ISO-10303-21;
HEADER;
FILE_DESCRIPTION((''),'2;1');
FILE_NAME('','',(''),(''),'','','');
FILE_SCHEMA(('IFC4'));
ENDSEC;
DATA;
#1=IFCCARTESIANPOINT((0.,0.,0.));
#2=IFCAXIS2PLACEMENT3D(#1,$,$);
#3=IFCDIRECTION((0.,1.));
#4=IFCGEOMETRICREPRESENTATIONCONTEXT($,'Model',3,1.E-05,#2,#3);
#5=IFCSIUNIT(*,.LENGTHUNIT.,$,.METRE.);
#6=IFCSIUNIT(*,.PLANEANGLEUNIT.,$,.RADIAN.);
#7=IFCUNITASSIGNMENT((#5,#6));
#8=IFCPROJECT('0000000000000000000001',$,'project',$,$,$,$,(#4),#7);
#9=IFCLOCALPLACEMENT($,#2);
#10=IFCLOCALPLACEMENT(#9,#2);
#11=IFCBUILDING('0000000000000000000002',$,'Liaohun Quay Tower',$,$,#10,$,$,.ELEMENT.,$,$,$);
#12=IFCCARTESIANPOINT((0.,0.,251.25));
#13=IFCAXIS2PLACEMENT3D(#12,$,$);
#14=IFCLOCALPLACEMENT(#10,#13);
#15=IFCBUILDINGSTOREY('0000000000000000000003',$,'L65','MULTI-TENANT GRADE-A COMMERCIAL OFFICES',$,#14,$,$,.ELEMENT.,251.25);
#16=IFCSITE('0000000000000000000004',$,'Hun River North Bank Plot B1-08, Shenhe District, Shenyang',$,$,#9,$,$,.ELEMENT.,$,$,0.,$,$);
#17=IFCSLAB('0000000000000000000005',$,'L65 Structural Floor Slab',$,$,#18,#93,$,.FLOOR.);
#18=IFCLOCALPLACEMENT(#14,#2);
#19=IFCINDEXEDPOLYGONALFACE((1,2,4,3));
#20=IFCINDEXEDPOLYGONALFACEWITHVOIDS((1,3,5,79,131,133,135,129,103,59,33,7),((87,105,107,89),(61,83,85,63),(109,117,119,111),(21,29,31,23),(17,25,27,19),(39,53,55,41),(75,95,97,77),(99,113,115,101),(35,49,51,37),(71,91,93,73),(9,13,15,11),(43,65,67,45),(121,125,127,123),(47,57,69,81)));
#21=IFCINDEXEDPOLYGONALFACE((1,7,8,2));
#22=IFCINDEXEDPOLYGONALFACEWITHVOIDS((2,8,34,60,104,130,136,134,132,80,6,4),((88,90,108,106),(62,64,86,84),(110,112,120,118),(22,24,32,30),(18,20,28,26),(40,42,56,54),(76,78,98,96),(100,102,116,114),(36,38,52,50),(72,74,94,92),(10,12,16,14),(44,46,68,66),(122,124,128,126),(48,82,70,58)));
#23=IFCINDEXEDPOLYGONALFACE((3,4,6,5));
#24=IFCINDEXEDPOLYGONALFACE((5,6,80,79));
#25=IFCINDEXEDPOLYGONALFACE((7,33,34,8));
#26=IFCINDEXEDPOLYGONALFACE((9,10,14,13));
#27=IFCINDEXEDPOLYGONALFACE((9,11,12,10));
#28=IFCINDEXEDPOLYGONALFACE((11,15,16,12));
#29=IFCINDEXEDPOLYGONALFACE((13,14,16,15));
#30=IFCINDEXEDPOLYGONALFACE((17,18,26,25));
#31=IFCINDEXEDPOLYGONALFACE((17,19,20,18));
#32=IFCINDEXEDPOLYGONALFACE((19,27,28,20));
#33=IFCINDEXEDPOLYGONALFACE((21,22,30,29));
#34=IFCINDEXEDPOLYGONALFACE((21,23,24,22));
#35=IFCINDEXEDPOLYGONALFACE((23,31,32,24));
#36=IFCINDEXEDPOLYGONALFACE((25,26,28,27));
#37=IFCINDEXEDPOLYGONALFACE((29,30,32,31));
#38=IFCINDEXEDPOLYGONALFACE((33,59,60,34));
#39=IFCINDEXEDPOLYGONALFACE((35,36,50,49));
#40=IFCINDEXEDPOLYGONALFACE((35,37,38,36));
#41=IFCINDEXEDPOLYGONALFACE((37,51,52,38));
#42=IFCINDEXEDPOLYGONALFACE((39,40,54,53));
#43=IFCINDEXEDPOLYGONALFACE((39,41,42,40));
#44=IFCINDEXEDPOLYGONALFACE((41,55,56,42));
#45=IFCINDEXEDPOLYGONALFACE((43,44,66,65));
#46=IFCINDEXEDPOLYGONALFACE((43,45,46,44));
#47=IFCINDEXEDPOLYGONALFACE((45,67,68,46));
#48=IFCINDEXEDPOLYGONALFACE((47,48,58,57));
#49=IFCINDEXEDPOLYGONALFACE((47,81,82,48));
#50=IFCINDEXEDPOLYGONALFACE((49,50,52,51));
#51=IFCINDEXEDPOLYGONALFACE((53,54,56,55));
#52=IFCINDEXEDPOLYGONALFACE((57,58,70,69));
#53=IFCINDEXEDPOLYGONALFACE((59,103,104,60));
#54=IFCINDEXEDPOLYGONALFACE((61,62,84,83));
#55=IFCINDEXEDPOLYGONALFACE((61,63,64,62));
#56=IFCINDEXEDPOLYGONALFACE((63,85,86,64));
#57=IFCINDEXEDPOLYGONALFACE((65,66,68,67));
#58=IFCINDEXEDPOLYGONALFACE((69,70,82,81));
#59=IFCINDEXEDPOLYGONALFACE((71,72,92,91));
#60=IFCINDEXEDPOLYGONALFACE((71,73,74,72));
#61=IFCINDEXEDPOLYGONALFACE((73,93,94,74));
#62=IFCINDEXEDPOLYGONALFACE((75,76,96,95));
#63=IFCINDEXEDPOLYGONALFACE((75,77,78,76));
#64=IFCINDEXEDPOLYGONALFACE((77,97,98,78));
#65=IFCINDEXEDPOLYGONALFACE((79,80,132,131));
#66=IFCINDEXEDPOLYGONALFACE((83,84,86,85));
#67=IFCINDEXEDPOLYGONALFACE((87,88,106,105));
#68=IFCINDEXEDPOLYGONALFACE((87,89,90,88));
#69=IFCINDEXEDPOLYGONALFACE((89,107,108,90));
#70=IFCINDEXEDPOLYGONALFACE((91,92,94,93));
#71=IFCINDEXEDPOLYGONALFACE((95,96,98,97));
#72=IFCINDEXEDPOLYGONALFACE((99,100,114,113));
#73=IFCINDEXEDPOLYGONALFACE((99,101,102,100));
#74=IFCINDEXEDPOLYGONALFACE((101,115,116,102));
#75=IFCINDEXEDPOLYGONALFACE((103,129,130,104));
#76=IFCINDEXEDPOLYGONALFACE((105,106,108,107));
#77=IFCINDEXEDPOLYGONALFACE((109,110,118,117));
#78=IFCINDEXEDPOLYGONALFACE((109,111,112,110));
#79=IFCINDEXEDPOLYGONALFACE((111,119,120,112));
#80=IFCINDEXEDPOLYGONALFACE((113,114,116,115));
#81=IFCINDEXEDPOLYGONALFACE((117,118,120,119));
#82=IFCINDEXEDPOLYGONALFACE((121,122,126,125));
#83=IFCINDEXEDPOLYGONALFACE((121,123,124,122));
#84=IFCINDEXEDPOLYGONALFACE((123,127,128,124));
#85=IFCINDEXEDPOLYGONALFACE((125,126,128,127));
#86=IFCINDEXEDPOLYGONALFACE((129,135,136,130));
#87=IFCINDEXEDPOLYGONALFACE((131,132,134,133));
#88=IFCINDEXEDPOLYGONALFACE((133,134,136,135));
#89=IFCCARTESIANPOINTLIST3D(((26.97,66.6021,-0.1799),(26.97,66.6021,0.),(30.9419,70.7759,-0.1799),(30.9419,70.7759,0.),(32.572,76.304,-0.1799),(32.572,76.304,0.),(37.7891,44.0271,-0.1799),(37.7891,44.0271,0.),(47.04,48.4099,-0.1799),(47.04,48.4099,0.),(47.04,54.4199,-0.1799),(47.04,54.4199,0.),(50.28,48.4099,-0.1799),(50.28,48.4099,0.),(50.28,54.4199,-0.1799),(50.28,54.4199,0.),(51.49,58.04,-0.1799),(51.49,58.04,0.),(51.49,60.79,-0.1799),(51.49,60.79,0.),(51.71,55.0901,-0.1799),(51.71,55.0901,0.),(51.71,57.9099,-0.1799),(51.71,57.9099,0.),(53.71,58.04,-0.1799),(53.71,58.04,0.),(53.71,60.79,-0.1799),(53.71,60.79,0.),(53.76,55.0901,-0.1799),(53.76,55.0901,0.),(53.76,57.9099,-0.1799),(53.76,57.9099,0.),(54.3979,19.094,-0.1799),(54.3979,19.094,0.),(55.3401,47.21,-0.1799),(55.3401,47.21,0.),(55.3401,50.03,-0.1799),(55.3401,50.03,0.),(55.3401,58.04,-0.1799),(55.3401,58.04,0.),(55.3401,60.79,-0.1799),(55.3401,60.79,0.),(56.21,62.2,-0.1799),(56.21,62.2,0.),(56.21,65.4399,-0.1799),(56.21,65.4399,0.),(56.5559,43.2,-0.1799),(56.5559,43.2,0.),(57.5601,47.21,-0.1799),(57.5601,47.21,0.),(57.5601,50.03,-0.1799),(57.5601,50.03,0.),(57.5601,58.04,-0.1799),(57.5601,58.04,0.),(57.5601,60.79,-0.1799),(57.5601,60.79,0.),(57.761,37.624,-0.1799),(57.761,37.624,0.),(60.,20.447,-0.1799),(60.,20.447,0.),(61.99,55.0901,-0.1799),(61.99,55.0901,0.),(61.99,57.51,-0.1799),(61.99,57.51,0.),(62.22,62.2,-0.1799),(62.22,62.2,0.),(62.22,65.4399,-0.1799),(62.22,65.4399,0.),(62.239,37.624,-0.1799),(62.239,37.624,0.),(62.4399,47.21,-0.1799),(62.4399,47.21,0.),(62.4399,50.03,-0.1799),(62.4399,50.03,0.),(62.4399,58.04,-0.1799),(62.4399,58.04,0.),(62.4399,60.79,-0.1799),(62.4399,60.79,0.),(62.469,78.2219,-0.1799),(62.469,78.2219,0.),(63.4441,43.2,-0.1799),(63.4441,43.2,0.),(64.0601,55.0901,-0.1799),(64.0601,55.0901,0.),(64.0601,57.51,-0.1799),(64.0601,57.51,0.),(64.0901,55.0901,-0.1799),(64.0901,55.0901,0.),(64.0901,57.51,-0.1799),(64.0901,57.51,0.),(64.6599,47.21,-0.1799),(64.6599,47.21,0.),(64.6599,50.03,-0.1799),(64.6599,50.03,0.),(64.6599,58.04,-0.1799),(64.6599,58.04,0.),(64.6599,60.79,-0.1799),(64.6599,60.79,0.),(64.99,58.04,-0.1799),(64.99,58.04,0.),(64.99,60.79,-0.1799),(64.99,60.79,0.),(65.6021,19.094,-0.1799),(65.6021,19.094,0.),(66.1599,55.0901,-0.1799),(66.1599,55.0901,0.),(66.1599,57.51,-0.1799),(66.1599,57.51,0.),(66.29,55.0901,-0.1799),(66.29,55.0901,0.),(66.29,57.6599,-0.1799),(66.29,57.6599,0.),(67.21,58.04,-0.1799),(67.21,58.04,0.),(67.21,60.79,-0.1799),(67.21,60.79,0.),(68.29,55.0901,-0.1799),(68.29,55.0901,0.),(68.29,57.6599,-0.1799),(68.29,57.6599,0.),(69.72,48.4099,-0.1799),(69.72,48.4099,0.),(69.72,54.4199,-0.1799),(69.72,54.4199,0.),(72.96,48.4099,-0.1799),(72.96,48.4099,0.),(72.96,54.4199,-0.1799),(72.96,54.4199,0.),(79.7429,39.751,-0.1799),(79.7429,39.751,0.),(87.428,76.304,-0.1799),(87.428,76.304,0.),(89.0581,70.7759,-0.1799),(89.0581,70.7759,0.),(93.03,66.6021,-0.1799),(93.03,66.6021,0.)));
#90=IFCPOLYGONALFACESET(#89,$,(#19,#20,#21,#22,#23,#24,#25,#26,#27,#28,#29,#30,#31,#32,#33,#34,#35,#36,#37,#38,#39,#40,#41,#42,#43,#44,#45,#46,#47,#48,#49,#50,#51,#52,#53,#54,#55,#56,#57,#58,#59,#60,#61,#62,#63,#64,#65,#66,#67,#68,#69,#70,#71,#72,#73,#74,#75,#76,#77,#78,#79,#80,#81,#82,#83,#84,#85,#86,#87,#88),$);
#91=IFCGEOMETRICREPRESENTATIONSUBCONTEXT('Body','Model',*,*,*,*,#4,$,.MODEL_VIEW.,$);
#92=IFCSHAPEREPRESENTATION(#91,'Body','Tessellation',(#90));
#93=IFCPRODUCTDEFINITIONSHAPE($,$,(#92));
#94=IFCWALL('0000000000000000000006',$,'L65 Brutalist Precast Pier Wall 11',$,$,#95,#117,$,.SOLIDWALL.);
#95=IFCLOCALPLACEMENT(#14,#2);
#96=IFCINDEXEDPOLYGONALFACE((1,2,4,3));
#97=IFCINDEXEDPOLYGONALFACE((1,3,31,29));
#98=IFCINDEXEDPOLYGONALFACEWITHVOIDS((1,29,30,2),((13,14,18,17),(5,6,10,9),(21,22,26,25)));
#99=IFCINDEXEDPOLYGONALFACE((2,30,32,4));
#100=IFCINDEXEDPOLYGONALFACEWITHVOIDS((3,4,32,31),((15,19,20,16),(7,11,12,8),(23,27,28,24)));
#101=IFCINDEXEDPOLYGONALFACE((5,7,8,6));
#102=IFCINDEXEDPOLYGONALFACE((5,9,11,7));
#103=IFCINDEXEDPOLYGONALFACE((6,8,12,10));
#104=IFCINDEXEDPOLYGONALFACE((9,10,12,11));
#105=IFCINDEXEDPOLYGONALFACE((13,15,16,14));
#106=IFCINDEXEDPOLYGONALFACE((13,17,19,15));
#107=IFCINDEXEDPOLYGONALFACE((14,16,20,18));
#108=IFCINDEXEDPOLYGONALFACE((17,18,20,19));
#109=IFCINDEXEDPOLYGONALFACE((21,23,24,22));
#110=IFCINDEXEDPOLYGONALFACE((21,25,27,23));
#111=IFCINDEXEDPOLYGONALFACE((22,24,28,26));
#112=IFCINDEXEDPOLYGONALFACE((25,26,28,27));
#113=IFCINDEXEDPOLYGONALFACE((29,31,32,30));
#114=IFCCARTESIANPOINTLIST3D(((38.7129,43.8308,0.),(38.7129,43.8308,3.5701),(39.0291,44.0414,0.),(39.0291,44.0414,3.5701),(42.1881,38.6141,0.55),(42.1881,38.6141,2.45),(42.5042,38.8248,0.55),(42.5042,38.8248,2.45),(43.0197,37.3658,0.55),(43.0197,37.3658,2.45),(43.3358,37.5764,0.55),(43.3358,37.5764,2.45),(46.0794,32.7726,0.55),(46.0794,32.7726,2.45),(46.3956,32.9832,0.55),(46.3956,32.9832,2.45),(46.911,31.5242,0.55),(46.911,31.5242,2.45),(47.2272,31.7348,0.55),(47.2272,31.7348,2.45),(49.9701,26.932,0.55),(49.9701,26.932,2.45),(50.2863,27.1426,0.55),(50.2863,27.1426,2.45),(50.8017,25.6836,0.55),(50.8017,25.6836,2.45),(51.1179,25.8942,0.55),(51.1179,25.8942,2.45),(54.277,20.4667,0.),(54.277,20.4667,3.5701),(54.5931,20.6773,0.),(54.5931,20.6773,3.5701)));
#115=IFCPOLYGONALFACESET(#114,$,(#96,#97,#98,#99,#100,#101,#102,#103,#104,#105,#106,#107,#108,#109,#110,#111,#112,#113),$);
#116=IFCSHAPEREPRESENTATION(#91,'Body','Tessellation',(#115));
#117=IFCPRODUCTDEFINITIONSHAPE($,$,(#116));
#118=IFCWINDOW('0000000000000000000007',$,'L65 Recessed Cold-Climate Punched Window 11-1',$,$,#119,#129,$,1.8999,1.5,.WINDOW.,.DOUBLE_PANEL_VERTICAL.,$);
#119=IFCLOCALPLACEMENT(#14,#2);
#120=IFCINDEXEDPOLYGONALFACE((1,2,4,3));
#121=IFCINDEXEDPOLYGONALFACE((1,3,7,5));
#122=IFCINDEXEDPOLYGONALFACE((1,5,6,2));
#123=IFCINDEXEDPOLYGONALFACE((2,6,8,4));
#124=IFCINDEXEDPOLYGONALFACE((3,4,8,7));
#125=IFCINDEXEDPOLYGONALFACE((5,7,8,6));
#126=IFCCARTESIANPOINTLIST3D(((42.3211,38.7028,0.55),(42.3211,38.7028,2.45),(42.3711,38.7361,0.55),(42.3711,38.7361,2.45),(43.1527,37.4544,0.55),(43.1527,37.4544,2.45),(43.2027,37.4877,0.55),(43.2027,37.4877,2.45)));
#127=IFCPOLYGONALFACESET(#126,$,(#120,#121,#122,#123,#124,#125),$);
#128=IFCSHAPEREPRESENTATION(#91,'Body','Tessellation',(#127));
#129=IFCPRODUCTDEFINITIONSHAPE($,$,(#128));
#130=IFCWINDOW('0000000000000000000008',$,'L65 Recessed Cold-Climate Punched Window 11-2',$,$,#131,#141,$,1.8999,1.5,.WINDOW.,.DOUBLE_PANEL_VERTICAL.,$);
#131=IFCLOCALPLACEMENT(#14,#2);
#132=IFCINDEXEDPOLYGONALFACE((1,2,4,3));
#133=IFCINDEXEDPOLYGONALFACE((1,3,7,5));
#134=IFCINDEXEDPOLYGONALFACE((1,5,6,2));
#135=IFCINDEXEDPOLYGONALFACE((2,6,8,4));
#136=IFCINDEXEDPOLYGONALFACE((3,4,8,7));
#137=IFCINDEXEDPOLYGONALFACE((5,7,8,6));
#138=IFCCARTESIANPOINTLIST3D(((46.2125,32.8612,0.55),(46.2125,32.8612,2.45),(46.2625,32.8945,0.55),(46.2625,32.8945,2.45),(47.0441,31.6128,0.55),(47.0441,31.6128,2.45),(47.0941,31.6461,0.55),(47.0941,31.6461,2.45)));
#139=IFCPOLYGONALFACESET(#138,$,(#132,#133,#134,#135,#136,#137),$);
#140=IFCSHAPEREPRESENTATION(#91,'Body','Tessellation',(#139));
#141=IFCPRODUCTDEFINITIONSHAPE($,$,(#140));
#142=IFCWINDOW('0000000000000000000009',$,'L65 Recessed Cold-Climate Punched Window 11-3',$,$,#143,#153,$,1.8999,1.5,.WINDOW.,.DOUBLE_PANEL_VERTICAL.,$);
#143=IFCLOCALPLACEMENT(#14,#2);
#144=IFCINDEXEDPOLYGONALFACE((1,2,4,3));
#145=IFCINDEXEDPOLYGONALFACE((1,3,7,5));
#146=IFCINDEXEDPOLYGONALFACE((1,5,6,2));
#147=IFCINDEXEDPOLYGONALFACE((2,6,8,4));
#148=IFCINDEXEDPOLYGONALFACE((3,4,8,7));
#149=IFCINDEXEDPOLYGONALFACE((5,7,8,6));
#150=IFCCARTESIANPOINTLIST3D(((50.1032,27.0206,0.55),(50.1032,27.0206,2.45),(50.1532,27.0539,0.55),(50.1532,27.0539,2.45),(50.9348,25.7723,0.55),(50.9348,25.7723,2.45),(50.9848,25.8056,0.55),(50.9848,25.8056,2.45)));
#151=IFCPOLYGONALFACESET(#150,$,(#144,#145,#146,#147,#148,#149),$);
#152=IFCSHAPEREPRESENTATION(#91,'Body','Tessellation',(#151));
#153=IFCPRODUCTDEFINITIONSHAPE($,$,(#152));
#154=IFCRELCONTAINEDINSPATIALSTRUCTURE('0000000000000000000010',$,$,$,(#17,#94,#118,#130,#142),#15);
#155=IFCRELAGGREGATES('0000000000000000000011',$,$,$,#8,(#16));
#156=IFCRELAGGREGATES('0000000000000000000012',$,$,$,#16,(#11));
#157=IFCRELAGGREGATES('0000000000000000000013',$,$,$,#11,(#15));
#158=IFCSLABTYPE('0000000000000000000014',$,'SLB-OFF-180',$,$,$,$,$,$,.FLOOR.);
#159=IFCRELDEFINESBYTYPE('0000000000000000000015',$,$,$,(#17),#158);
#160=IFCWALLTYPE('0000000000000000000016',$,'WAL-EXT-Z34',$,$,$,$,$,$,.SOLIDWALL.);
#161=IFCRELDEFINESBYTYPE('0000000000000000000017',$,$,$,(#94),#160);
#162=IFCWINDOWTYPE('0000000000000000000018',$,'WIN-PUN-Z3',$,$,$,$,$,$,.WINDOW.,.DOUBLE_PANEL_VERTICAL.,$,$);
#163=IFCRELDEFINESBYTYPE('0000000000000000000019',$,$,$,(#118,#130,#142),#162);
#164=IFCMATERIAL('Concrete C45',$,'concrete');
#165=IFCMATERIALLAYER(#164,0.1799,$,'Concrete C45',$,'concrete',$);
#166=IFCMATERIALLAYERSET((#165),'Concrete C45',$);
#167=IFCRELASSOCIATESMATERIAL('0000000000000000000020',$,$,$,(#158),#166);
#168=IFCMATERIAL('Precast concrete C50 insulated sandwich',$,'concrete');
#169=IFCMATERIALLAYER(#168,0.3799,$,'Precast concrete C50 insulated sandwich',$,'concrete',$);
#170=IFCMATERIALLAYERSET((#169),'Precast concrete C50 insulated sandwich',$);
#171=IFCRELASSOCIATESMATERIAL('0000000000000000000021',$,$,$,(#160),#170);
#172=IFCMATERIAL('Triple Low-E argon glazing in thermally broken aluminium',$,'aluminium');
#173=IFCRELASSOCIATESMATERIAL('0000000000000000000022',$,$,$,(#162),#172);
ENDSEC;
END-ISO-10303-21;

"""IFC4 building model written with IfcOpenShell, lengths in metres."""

from ifc_helpers import new_model, si_unit, direction, frame, frame_2d, origin, place, context, subcontext, project, spatial, polyline, rectangle, outline, extrude, source, transform, mapped, material, layer, layer_set, type_object, element, fill, save


model = new_model("IFC4")

# Units and contexts
model_context = context("Model", 3, precision=1e-05, world=origin(), true_north=direction((0.0, 1.0)))
body_context = subcontext(model_context, "Body", "Model", "MODEL_VIEW")
ifc_project = project(units=[si_unit("LENGTHUNIT", "METRE"), si_unit("PLANEANGLEUNIT", "RADIAN")], contexts=[model_context])

# Site, building, storey
site_placement = place(None, origin())
site = spatial("IfcSite", under=ifc_project, at=site_placement, Name="Hun River North Bank Plot B1-08, Shenhe District, Shenyang", CompositionType="ELEMENT", RefElevation=0.0)
building_placement = place(site_placement, origin())
building = spatial("IfcBuilding", under=site, at=building_placement, Name="Liaohun Quay Tower", CompositionType="ELEMENT")
storey_placement = place(building_placement, frame((0.0, 0.0, 251.25)))
storey = spatial("IfcBuildingStorey", under=building, at=storey_placement, Name="L65", Description="MULTI-TENANT GRADE-A COMMERCIAL OFFICES", CompositionType="ELEMENT", Elevation=251.25)

# Shared definitions
ifc_material_1 = material(Name="Concrete C45", Category="concrete")

# Slab
ifc_layer_1 = layer(ifc_material_1, 0.1799, Name="Concrete C45", Category="concrete")
ifc_layer_set_1 = layer_set([ifc_layer_1], Name="Concrete C45")
slab_type_1 = type_object("IfcSlabType", Name="SLB-OFF-180", PredefinedType="FLOOR", material=ifc_layer_set_1)
slab_1_placement = place(storey_placement, frame((0.0, 0.0, -0.1799)))
element("IfcSlab", 1, at=slab_1_placement, inside=storey, type_object=slab_type_1, Name="L65 Structural Floor Slab", PredefinedType="FLOOR", context=body_context, shape_type="SweptSolid", body=[
    extrude(outline(polyline([(54.3979, 19.094), (60.0, 20.447), (65.6021, 19.094), (79.7429, 39.751), (93.03, 66.6021), (89.0581, 70.7759), (87.428, 76.304), (62.469, 78.2219), (32.572, 76.304), (30.9419, 70.7759), (26.97, 66.6021), (37.7891, 44.0271), (54.3979, 19.094)]), holes=[polyline([(63.4441, 43.2), (56.5559, 43.2), (57.761, 37.624), (62.239, 37.624), (63.4441, 43.2)]), polyline([(57.5601, 47.21), (57.5601, 50.03), (55.3401, 50.03), (55.3401, 47.21), (57.5601, 47.21)]), polyline([(50.28, 54.4199), (47.04, 54.4199), (47.04, 48.4099), (50.28, 48.4099), (50.28, 54.4199)]), polyline([(53.76, 55.0901), (53.76, 57.9099), (51.71, 57.9099), (51.71, 55.0901), (53.76, 55.0901)]), polyline([(53.71, 58.04), (53.71, 60.79), (51.49, 60.79), (51.49, 58.04), (53.71, 58.04)]), polyline([(57.5601, 58.04), (57.5601, 60.79), (55.3401, 60.79), (55.3401, 58.04), (57.5601, 58.04)]), polyline([(62.22, 62.2), (62.22, 65.4399), (56.21, 65.4399), (56.21, 62.2), (62.22, 62.2)]), polyline([(64.6599, 50.03), (62.4399, 50.03), (62.4399, 47.21), (64.6599, 47.21), (64.6599, 50.03)]), polyline([(72.96, 54.4199), (69.72, 54.4199), (69.72, 48.4099), (72.96, 48.4099), (72.96, 54.4199)]), polyline([(64.0601, 55.0901), (64.0601, 57.51), (61.99, 57.51), (61.99, 55.0901), (64.0601, 55.0901)]), polyline([(66.1599, 55.0901), (66.1599, 57.51), (64.0901, 57.51), (64.0901, 55.0901), (66.1599, 55.0901)]), polyline([(68.29, 55.0901), (68.29, 57.6599), (66.29, 57.6599), (66.29, 55.0901), (68.29, 55.0901)]), polyline([(64.6599, 58.04), (64.6599, 60.79), (62.4399, 60.79), (62.4399, 58.04), (64.6599, 58.04)]), polyline([(67.21, 58.04), (67.21, 60.79), (64.99, 60.79), (64.99, 58.04), (67.21, 58.04)])]), origin(), (0.0, 0.0, 1.0), 0.1799),
])

# Wall, openings, windows
ifc_material_2 = material(Name="Precast concrete C50 insulated sandwich", Category="concrete")
ifc_layer_2 = layer(ifc_material_2, 0.3799, Name="Precast concrete C50 insulated sandwich", Category="concrete")
ifc_layer_set_2 = layer_set([ifc_layer_2], Name="Precast concrete C50 insulated sandwich")
wall_type_1 = type_object("IfcWallType", Name="WAL-EXT-Z34", PredefinedType="SOLIDWALL", material=ifc_layer_set_2)
wall_1_placement = place(storey_placement, frame((38.8711, 43.936, 0.0), z_axis=(0.0, 0.0, 1.0), x_axis=(0.554403, -0.832248, 0.0)))
wall_1 = element("IfcWall", 2, at=wall_1_placement, inside=storey, type_object=wall_type_1, Name="L65 Brutalist Precast Pier Wall 11", PredefinedType="SOLIDWALL", context=body_context, shape_type="SweptSolid", body=[
    extrude(rectangle(XDim=28.0735, YDim=0.3799, at=frame_2d((14.0366, 0.0))), origin(), (0.0, 0.0, 1.0), 3.5701),
])
shared_shape_1 = source(origin(), body_context, "Body", "SweptSolid", [
    extrude(rectangle(XDim=1.5, YDim=1.8999, at=frame_2d((0.75, 0.95))), frame((0.0, 0.2, 0.0), z_axis=(0.0, -1.0, 0.0), x_axis=(1.0, 0.0, 0.0)), (0.0, 0.0, 1.0), 0.3999),
])
opening_1_placement = place(wall_1_placement, frame((6.2681, 0.0, 0.55)))
opening_1 = element("IfcOpeningElement", 3, at=opening_1_placement, cuts=wall_1, PredefinedType="OPENING", context=body_context, shape_type="MappedRepresentation", body=[
    mapped(shared_shape_1, transform((0.0, 0.0, 0.0), x_axis=(1.0, 0.0, 0.0), y_axis=(0.0, 1.0, 0.0), z_axis=(0.0, 0.0, 1.0), scale=1.0)),
])
opening_2_placement = place(wall_1_placement, frame((13.2871, 0.0, 0.55)))
opening_2 = element("IfcOpeningElement", 4, at=opening_2_placement, cuts=wall_1, PredefinedType="OPENING", context=body_context, shape_type="MappedRepresentation", body=[
    mapped(shared_shape_1, transform((0.0, 0.0, 0.0), x_axis=(1.0, 0.0, 0.0), y_axis=(0.0, 1.0, 0.0), z_axis=(0.0, 0.0, 1.0), scale=1.0)),
])
opening_3_placement = place(wall_1_placement, frame((20.3049, 0.0, 0.55)))
opening_3 = element("IfcOpeningElement", 5, at=opening_3_placement, cuts=wall_1, PredefinedType="OPENING", context=body_context, shape_type="MappedRepresentation", body=[
    mapped(shared_shape_1, transform((0.0, 0.0, 0.0), x_axis=(1.0, 0.0, 0.0), y_axis=(0.0, 1.0, 0.0), z_axis=(0.0, 0.0, 1.0), scale=1.0)),
])
ifc_material_3 = material(Name="Triple Low-E argon glazing in thermally broken aluminium", Category="aluminium")
window_type = type_object("IfcWindowType", Name="WIN-PUN-Z3", PartitioningType="DOUBLE_PANEL_VERTICAL", PredefinedType="WINDOW", material=ifc_material_3)
shared_shape_2 = source(origin(), body_context, "Body", "SweptSolid", [
    extrude(rectangle(XDim=1.5, YDim=1.8999, at=frame_2d((0.75, 0.95))), frame((0.0, 0.03, 0.0), z_axis=(0.0, -1.0, 0.0), x_axis=(1.0, 0.0, 0.0)), (0.0, 0.0, 1.0), 0.0601),
])
window_1_placement = place(opening_1_placement, origin())
window_1 = element("IfcWindow", 6, at=window_1_placement, inside=storey, type_object=window_type, Name="L65 Recessed Cold-Climate Punched Window 11-1", OverallHeight=1.8999, OverallWidth=1.5, PartitioningType="DOUBLE_PANEL_VERTICAL", PredefinedType="WINDOW", context=body_context, shape_type="MappedRepresentation", body=[
    mapped(shared_shape_2, transform((0.0, 0.0, 0.0), x_axis=(1.0, 0.0, 0.0), y_axis=(0.0, 1.0, 0.0), z_axis=(0.0, 0.0, 1.0), scale=1.0)),
])
fill(opening_1, window_1)
window_2_placement = place(opening_2_placement, origin())
window_2 = element("IfcWindow", 7, at=window_2_placement, inside=storey, type_object=window_type, Name="L65 Recessed Cold-Climate Punched Window 11-2", OverallHeight=1.8999, OverallWidth=1.5, PartitioningType="DOUBLE_PANEL_VERTICAL", PredefinedType="WINDOW", context=body_context, shape_type="MappedRepresentation", body=[
    mapped(shared_shape_2, transform((0.0, 0.0, 0.0), x_axis=(1.0, 0.0, 0.0), y_axis=(0.0, 1.0, 0.0), z_axis=(0.0, 0.0, 1.0), scale=1.0)),
])
fill(opening_2, window_2)
window_3_placement = place(opening_3_placement, origin())
window_3 = element("IfcWindow", 8, at=window_3_placement, inside=storey, type_object=window_type, Name="L65 Recessed Cold-Climate Punched Window 11-3", OverallHeight=1.8999, OverallWidth=1.5, PartitioningType="DOUBLE_PANEL_VERTICAL", PredefinedType="WINDOW", context=body_context, shape_type="MappedRepresentation", body=[
    mapped(shared_shape_2, transform((0.0, 0.0, 0.0), x_axis=(1.0, 0.0, 0.0), y_axis=(0.0, 1.0, 0.0), z_axis=(0.0, 0.0, 1.0), scale=1.0)),
])
fill(opening_3, window_3)

save(model, "model.ifc")
